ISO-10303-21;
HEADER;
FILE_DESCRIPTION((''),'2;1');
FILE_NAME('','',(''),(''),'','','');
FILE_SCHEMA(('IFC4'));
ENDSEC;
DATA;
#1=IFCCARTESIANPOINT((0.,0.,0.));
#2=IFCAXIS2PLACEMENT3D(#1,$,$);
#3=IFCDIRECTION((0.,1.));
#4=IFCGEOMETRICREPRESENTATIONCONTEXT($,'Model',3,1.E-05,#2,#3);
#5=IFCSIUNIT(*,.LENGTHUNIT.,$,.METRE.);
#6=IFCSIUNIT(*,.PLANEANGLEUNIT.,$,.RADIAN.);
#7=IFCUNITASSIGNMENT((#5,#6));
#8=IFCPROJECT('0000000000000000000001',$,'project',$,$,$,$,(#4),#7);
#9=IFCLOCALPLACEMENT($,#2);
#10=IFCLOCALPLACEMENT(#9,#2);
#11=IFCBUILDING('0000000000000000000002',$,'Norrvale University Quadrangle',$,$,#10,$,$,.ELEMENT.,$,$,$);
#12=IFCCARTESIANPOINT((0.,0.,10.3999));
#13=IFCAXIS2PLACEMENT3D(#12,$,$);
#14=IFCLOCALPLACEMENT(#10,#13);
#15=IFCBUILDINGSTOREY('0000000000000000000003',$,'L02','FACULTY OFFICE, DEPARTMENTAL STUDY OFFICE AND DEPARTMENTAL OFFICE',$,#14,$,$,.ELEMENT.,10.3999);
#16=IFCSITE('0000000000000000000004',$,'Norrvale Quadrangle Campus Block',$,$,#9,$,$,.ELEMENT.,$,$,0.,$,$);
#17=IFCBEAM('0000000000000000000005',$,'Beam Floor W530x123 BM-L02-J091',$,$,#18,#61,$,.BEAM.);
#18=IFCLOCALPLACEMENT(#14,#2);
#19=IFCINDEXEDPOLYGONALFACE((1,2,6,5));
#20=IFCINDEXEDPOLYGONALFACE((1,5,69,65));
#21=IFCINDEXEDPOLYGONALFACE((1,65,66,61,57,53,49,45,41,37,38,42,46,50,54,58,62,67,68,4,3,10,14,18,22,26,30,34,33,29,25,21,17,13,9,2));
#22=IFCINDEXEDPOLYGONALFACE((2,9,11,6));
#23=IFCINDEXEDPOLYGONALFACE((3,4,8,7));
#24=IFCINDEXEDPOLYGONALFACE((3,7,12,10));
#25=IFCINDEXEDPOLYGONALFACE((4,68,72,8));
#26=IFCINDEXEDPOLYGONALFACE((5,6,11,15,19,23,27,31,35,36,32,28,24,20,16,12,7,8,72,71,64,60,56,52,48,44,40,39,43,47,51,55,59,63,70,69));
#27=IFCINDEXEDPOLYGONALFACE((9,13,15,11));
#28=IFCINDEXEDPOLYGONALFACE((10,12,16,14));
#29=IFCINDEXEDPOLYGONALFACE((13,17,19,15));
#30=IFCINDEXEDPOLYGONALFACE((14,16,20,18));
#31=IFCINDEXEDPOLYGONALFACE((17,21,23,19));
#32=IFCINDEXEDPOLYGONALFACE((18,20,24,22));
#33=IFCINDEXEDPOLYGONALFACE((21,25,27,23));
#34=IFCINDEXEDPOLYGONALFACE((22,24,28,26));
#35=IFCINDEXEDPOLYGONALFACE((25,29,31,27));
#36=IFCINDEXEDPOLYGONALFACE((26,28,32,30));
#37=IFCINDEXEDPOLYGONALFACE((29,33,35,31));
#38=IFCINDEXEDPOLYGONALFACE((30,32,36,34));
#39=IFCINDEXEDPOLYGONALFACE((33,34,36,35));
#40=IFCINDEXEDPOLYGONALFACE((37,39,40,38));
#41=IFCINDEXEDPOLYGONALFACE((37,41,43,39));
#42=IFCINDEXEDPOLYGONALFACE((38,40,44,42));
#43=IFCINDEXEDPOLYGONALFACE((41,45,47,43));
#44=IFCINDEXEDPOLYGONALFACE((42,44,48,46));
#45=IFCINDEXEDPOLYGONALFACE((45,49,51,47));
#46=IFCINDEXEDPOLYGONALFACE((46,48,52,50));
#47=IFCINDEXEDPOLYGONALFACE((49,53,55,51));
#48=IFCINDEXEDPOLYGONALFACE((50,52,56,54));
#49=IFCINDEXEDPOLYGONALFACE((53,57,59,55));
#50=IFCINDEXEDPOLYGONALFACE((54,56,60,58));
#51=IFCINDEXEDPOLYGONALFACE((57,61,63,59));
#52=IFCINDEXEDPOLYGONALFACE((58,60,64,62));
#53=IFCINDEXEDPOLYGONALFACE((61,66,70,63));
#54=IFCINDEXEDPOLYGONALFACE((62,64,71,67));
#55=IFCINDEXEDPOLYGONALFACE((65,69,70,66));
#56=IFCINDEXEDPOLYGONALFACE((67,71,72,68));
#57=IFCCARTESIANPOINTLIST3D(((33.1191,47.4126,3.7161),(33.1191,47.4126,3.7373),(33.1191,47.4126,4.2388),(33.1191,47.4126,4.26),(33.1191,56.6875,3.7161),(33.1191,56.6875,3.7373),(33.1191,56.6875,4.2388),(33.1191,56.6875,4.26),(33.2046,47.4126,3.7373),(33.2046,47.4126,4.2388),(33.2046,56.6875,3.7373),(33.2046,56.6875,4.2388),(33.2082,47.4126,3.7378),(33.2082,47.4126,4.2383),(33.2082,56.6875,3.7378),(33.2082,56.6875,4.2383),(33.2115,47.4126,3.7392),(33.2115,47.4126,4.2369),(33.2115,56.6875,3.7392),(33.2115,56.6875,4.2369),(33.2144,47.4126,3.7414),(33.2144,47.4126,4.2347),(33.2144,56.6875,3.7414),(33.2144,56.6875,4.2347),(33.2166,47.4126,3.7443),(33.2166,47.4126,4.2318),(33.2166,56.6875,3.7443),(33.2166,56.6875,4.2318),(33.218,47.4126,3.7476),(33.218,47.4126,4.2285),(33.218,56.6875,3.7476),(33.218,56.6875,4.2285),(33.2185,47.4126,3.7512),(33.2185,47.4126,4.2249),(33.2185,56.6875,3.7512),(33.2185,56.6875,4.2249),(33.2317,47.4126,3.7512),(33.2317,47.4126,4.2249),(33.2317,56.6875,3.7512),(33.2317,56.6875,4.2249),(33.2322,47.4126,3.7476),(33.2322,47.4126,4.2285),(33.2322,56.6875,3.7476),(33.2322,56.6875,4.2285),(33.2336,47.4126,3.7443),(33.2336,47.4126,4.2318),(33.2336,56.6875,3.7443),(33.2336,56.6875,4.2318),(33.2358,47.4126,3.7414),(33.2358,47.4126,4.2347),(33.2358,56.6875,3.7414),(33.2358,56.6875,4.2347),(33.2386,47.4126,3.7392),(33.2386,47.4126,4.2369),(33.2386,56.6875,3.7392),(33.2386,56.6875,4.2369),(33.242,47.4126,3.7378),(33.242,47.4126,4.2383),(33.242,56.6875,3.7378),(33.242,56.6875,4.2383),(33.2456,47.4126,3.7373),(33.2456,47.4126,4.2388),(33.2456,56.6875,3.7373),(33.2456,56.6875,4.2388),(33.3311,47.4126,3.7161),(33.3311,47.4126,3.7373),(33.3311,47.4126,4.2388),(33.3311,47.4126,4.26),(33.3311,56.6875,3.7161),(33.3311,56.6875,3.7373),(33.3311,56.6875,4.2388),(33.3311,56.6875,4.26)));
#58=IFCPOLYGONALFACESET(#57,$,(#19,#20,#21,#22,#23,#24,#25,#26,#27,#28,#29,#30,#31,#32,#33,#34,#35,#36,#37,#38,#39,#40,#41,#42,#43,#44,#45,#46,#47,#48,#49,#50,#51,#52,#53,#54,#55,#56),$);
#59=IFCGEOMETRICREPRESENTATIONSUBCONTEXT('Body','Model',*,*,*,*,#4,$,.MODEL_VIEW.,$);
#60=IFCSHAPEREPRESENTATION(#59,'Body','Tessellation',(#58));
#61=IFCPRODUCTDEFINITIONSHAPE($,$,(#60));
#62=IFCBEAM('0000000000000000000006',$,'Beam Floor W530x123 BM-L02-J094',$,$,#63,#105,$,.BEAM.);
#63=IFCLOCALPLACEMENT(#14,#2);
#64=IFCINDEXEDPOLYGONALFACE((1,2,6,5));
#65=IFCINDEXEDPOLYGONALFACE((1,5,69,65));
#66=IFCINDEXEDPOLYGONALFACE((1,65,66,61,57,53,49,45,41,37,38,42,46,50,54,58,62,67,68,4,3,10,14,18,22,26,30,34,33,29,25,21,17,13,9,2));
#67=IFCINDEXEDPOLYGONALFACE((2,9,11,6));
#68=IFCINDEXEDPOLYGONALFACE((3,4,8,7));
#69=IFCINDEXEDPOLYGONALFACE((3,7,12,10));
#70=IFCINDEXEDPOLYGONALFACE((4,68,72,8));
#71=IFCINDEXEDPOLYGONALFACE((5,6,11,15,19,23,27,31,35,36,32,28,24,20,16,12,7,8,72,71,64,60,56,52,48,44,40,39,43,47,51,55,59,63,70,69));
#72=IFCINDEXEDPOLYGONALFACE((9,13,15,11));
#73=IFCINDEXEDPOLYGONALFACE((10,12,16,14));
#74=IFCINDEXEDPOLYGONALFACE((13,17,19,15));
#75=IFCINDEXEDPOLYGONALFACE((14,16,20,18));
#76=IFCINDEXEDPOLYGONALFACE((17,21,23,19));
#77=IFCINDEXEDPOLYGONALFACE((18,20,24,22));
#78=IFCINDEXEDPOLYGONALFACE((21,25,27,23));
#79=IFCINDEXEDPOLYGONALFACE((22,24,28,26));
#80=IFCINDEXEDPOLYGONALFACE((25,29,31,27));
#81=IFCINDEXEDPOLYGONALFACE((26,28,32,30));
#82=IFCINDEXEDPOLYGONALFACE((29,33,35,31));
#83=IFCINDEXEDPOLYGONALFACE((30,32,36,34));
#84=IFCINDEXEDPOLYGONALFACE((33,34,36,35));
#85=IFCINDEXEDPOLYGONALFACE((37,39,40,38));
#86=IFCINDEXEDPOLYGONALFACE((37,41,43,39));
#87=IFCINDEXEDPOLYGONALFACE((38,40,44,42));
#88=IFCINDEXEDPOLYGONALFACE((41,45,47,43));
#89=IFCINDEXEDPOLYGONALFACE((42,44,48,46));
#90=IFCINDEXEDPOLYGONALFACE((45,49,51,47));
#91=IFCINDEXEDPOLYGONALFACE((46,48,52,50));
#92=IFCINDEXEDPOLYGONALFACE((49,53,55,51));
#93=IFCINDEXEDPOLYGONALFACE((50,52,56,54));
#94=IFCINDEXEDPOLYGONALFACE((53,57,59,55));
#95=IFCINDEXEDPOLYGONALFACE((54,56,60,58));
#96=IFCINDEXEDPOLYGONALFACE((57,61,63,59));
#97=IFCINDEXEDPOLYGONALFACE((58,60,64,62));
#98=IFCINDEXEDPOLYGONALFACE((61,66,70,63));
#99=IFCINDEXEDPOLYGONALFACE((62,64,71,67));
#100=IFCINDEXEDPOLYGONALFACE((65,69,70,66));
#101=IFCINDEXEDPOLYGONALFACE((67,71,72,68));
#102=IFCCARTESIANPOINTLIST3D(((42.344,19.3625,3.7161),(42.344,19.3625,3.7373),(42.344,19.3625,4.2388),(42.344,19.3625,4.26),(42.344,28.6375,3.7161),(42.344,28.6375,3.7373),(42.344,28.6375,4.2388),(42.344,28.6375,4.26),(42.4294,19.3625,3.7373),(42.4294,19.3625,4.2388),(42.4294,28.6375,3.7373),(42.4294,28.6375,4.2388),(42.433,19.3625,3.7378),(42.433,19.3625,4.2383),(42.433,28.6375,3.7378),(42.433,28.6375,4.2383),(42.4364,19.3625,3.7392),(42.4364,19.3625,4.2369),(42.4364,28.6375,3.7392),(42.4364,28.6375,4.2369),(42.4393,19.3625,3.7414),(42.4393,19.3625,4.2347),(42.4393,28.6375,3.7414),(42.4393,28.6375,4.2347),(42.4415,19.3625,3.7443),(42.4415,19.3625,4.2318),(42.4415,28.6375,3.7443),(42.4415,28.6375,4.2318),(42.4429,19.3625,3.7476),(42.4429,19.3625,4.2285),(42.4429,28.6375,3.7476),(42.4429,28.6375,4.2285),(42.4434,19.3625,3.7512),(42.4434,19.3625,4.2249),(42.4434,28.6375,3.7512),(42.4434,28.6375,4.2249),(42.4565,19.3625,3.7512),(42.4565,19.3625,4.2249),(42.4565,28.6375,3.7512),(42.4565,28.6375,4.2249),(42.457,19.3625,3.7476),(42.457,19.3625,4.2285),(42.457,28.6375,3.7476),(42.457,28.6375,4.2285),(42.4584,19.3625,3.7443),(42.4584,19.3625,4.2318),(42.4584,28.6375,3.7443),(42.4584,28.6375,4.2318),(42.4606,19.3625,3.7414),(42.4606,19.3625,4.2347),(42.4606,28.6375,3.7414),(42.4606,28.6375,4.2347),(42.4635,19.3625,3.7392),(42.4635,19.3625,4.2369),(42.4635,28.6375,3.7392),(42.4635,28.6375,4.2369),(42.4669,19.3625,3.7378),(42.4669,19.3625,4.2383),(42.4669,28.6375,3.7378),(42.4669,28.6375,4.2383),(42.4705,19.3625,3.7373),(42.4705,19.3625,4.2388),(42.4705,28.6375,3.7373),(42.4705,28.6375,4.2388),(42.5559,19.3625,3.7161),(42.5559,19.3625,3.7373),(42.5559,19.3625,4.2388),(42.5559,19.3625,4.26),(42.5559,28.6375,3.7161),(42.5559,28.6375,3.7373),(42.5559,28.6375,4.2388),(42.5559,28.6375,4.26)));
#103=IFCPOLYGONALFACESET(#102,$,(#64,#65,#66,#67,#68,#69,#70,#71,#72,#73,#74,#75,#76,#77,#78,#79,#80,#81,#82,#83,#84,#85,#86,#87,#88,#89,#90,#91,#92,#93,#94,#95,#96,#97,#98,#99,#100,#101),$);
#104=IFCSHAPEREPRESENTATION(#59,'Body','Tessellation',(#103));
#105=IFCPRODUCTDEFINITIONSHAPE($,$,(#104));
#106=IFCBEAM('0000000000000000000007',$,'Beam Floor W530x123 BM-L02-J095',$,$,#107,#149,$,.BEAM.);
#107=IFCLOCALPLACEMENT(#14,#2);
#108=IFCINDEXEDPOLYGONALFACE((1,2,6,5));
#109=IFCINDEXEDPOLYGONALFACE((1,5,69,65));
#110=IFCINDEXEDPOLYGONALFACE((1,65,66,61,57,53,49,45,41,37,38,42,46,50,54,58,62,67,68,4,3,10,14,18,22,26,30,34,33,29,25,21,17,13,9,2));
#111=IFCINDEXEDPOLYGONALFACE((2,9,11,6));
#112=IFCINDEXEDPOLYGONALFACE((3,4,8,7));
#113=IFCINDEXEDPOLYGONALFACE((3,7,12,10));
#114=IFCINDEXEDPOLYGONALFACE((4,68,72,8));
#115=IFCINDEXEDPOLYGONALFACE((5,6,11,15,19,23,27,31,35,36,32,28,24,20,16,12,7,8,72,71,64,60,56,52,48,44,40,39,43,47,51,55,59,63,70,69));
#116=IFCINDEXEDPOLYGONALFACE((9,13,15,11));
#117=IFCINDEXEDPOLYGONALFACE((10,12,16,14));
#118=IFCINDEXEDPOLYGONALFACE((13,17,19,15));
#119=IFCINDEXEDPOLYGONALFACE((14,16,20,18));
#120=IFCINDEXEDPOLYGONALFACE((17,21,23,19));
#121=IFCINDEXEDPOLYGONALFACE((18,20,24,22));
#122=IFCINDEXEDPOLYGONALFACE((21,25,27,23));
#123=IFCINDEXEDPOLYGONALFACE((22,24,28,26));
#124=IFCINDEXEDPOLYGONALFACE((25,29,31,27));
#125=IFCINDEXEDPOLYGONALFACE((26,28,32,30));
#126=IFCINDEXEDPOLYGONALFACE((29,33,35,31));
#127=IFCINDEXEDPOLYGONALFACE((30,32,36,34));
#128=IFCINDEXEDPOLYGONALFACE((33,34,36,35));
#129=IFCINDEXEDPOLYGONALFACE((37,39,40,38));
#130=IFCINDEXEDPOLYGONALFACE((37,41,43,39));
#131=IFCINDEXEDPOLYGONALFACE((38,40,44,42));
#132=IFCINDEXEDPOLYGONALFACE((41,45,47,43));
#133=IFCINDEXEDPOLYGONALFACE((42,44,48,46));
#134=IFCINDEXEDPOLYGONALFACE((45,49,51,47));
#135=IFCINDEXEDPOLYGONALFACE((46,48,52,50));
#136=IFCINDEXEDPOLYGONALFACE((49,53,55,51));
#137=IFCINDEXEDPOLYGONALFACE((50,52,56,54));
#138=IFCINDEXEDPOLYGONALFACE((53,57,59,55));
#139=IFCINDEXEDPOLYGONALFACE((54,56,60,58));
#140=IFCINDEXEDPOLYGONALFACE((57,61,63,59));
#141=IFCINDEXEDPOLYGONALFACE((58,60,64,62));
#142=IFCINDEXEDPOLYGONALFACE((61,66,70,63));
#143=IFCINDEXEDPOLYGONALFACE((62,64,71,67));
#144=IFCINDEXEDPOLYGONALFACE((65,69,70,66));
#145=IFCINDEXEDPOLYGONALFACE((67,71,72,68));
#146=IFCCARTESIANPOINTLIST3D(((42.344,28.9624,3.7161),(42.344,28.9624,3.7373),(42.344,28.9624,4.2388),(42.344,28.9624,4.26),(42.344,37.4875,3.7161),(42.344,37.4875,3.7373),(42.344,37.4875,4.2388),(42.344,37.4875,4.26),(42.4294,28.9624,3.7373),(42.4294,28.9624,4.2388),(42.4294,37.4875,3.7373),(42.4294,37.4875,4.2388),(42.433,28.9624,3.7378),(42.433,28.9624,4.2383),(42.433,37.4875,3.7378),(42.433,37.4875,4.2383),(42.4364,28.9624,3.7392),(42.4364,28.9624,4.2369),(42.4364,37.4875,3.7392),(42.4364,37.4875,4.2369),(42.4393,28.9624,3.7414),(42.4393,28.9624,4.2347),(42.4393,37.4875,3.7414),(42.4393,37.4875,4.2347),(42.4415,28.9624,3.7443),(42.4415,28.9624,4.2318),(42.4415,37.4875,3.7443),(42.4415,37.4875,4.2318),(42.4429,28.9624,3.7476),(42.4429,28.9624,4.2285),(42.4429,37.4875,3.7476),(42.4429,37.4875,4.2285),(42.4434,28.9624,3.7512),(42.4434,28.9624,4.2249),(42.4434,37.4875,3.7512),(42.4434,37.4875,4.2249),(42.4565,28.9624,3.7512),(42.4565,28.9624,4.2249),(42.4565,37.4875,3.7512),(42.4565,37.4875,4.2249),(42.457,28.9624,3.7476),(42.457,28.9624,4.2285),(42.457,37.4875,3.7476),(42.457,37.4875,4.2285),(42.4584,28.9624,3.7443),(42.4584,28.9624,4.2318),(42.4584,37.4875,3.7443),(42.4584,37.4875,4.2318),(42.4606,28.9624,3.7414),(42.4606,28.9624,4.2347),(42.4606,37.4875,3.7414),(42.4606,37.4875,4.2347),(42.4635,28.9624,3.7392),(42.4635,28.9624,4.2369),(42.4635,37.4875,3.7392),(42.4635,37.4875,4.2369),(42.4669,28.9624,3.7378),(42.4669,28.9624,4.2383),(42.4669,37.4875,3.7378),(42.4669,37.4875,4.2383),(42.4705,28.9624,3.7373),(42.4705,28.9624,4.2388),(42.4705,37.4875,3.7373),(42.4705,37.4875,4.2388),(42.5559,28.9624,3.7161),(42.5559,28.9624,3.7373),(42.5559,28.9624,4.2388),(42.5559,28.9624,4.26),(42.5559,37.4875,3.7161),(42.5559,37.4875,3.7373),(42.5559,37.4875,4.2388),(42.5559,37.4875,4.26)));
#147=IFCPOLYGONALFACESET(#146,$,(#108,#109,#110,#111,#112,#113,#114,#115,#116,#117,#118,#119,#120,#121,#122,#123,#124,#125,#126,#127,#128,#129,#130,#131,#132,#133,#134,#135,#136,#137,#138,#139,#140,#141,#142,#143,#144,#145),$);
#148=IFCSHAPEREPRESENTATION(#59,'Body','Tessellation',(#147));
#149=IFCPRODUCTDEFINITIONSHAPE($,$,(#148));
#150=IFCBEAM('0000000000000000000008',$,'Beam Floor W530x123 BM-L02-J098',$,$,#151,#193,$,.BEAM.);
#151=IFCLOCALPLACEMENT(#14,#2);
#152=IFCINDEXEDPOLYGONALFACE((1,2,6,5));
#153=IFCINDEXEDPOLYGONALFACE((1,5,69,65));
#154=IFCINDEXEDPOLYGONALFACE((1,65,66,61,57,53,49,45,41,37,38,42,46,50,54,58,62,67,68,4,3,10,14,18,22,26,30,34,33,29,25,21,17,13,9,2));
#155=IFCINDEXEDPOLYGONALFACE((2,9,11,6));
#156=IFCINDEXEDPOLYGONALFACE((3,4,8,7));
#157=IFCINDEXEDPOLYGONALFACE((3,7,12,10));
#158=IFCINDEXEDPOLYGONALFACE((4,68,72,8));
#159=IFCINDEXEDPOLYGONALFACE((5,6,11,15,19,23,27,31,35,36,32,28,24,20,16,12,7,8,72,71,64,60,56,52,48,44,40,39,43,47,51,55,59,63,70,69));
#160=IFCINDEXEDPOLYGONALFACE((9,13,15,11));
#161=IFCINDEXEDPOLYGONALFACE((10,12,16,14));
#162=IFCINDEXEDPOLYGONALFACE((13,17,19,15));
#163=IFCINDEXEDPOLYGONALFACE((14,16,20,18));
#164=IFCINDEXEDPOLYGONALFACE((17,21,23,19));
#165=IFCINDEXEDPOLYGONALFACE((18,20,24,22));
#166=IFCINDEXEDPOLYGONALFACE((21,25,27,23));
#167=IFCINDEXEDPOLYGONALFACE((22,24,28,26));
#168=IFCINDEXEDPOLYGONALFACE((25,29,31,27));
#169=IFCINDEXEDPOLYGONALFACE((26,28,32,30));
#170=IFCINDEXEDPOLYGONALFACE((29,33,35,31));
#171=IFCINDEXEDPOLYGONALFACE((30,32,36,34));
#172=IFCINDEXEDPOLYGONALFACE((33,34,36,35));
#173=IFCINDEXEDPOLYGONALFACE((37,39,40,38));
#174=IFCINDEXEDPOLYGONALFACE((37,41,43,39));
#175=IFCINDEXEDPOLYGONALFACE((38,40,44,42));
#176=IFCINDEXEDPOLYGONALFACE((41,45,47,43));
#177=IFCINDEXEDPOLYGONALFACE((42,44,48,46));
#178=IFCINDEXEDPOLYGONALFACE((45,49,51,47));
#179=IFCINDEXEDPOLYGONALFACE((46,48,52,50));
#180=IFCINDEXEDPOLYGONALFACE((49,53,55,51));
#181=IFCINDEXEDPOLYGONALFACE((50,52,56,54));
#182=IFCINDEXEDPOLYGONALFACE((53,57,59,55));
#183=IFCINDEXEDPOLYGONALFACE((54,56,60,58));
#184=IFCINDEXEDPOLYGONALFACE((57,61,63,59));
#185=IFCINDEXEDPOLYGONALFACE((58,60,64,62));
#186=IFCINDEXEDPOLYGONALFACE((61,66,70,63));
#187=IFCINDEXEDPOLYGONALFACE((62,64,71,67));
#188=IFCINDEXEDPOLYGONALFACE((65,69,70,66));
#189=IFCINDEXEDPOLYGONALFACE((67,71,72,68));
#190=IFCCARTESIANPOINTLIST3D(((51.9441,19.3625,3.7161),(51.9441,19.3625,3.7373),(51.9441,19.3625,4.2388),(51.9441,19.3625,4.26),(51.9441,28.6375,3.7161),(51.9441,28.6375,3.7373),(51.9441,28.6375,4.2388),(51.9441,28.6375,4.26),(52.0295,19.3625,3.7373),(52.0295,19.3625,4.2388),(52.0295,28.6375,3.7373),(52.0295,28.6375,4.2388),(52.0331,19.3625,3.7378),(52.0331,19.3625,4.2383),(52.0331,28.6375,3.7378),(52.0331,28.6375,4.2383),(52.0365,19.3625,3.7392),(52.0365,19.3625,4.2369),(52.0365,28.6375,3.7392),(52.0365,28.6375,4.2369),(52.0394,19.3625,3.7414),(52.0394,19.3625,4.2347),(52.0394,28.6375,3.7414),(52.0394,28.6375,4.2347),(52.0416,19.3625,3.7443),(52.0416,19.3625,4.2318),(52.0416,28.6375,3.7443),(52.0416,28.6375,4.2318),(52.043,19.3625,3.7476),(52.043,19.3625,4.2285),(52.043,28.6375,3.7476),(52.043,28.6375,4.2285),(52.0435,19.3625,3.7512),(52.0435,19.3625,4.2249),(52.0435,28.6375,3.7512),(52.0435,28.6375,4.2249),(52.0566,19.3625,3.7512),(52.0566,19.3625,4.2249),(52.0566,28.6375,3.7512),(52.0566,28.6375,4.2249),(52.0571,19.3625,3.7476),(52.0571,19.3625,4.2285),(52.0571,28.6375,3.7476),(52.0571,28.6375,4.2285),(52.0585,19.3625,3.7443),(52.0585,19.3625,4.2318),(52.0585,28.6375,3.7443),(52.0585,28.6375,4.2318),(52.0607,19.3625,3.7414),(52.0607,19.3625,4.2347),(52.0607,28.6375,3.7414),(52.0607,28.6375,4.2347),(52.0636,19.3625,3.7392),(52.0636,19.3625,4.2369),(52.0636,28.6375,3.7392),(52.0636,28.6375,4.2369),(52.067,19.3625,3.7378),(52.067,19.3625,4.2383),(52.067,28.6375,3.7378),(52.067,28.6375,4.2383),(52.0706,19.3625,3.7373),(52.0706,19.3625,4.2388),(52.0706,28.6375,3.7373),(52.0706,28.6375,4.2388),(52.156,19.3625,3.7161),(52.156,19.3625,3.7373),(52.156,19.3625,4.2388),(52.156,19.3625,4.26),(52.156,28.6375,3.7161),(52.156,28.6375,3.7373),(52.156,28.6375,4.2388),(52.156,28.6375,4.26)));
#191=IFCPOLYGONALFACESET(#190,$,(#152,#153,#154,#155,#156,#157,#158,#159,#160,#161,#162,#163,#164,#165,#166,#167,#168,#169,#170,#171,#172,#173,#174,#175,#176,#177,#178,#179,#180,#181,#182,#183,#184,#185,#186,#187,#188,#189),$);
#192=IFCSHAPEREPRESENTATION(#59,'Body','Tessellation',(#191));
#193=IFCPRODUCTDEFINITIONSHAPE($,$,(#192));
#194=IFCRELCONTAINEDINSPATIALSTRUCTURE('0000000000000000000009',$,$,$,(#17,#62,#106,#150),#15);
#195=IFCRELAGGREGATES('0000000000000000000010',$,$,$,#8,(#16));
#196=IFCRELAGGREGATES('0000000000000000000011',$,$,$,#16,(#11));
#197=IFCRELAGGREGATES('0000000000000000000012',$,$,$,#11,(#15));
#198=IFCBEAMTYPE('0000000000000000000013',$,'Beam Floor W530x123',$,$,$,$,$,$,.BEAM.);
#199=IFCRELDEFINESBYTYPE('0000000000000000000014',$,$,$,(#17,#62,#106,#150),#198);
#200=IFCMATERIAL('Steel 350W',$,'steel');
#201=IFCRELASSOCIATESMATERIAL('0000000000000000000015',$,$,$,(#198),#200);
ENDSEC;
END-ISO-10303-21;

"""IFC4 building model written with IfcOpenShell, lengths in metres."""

from ifc_helpers import new_model, si_unit, direction, frame, origin, origin_2d, place, context, subcontext, project, spatial, i_section, extrude, material, material_profile, profile_set, type_object, element, save


model = new_model("IFC4")

# Units and contexts
model_context = context("Model", 3, precision=1e-05, world=origin(), true_north=direction((0.0, 1.0)))
body_context = subcontext(model_context, "Body", "Model", "MODEL_VIEW")
ifc_project = project(units=[si_unit("LENGTHUNIT", "METRE"), si_unit("PLANEANGLEUNIT", "RADIAN")], contexts=[model_context])

# Site, building, storey
site_placement = place(None, origin())
site = spatial("IfcSite", under=ifc_project, at=site_placement, Name="Norrvale Quadrangle Campus Block", CompositionType="ELEMENT", RefElevation=0.0)
building_placement = place(site_placement, origin())
building = spatial("IfcBuilding", under=site, at=building_placement, Name="Norrvale University Quadrangle", CompositionType="ELEMENT")
storey_placement = place(building_placement, frame((0.0, 0.0, 10.3999)))
storey = spatial("IfcBuildingStorey", under=building, at=storey_placement, Name="L02", Description="FACULTY OFFICE, DEPARTMENTAL STUDY OFFICE AND DEPARTMENTAL OFFICE", CompositionType="ELEMENT", Elevation=10.3999)

# Beams
ifc_material_1 = material(Name="Steel 350W", Category="steel")
ifc_material_profile_1 = material_profile(ifc_material_1, i_section(OverallWidth=0.2119, OverallDepth=0.5439, WebThickness=0.0132, FlangeThickness=0.0212, FilletRadius=0.0139, at=origin_2d()), Name="Steel 350W")
ifc_profile_set_1 = profile_set([ifc_material_profile_1], Name="Steel 350W")
beam_type_1 = type_object("IfcBeamType", Name="Beam Floor W530x123", PredefinedType="BEAM", material=ifc_profile_set_1)
for number, where, z_axis, x_axis, name in (
    (1, (33.2251, 47.4126, 3.988), (0.0, 1.0, 0.0), (-1.0, 0.0, 0.0), "Beam Floor W530x123 BM-L02-J091"),
    (2, (42.45, 19.3625, 3.988), (0.0, 1.0, 0.0), (-1.0, 0.0, 0.0), "Beam Floor W530x123 BM-L02-J094"),
):
    element("IfcBeam", number, at=place(storey_placement, frame(where, z_axis=z_axis, x_axis=x_axis)), inside=storey, type_object=beam_type_1, Name=name, PredefinedType="BEAM", context=body_context, shape_type="SweptSolid", body=[
        extrude(i_section(OverallWidth=0.2119, OverallDepth=0.5439, WebThickness=0.0132, FlangeThickness=0.0212, FilletRadius=0.0139, at=origin_2d()), origin(), (0.0, 0.0, 1.0), 9.2749),
    ])
beam_1_placement = place(storey_placement, frame((42.45, 28.9624, 3.988), z_axis=(0.0, 1.0, 0.0), x_axis=(-1.0, 0.0, 0.0)))
element("IfcBeam", 3, at=beam_1_placement, inside=storey, type_object=beam_type_1, Name="Beam Floor W530x123 BM-L02-J095", PredefinedType="BEAM", context=body_context, shape_type="SweptSolid", body=[
    extrude(i_section(OverallWidth=0.2119, OverallDepth=0.5439, WebThickness=0.0132, FlangeThickness=0.0212, FilletRadius=0.0139, at=origin_2d()), origin(), (0.0, 0.0, 1.0), 8.5251),
])
beam_2_placement = place(storey_placement, frame((52.05, 19.3625, 3.988), z_axis=(0.0, 1.0, 0.0), x_axis=(-1.0, 0.0, 0.0)))
element("IfcBeam", 4, at=beam_2_placement, inside=storey, type_object=beam_type_1, Name="Beam Floor W530x123 BM-L02-J098", PredefinedType="BEAM", context=body_context, shape_type="SweptSolid", body=[
    extrude(i_section(OverallWidth=0.2119, OverallDepth=0.5439, WebThickness=0.0132, FlangeThickness=0.0212, FilletRadius=0.0139, at=origin_2d()), origin(), (0.0, 0.0, 1.0), 9.2749),
])

save(model, "model.ifc")
